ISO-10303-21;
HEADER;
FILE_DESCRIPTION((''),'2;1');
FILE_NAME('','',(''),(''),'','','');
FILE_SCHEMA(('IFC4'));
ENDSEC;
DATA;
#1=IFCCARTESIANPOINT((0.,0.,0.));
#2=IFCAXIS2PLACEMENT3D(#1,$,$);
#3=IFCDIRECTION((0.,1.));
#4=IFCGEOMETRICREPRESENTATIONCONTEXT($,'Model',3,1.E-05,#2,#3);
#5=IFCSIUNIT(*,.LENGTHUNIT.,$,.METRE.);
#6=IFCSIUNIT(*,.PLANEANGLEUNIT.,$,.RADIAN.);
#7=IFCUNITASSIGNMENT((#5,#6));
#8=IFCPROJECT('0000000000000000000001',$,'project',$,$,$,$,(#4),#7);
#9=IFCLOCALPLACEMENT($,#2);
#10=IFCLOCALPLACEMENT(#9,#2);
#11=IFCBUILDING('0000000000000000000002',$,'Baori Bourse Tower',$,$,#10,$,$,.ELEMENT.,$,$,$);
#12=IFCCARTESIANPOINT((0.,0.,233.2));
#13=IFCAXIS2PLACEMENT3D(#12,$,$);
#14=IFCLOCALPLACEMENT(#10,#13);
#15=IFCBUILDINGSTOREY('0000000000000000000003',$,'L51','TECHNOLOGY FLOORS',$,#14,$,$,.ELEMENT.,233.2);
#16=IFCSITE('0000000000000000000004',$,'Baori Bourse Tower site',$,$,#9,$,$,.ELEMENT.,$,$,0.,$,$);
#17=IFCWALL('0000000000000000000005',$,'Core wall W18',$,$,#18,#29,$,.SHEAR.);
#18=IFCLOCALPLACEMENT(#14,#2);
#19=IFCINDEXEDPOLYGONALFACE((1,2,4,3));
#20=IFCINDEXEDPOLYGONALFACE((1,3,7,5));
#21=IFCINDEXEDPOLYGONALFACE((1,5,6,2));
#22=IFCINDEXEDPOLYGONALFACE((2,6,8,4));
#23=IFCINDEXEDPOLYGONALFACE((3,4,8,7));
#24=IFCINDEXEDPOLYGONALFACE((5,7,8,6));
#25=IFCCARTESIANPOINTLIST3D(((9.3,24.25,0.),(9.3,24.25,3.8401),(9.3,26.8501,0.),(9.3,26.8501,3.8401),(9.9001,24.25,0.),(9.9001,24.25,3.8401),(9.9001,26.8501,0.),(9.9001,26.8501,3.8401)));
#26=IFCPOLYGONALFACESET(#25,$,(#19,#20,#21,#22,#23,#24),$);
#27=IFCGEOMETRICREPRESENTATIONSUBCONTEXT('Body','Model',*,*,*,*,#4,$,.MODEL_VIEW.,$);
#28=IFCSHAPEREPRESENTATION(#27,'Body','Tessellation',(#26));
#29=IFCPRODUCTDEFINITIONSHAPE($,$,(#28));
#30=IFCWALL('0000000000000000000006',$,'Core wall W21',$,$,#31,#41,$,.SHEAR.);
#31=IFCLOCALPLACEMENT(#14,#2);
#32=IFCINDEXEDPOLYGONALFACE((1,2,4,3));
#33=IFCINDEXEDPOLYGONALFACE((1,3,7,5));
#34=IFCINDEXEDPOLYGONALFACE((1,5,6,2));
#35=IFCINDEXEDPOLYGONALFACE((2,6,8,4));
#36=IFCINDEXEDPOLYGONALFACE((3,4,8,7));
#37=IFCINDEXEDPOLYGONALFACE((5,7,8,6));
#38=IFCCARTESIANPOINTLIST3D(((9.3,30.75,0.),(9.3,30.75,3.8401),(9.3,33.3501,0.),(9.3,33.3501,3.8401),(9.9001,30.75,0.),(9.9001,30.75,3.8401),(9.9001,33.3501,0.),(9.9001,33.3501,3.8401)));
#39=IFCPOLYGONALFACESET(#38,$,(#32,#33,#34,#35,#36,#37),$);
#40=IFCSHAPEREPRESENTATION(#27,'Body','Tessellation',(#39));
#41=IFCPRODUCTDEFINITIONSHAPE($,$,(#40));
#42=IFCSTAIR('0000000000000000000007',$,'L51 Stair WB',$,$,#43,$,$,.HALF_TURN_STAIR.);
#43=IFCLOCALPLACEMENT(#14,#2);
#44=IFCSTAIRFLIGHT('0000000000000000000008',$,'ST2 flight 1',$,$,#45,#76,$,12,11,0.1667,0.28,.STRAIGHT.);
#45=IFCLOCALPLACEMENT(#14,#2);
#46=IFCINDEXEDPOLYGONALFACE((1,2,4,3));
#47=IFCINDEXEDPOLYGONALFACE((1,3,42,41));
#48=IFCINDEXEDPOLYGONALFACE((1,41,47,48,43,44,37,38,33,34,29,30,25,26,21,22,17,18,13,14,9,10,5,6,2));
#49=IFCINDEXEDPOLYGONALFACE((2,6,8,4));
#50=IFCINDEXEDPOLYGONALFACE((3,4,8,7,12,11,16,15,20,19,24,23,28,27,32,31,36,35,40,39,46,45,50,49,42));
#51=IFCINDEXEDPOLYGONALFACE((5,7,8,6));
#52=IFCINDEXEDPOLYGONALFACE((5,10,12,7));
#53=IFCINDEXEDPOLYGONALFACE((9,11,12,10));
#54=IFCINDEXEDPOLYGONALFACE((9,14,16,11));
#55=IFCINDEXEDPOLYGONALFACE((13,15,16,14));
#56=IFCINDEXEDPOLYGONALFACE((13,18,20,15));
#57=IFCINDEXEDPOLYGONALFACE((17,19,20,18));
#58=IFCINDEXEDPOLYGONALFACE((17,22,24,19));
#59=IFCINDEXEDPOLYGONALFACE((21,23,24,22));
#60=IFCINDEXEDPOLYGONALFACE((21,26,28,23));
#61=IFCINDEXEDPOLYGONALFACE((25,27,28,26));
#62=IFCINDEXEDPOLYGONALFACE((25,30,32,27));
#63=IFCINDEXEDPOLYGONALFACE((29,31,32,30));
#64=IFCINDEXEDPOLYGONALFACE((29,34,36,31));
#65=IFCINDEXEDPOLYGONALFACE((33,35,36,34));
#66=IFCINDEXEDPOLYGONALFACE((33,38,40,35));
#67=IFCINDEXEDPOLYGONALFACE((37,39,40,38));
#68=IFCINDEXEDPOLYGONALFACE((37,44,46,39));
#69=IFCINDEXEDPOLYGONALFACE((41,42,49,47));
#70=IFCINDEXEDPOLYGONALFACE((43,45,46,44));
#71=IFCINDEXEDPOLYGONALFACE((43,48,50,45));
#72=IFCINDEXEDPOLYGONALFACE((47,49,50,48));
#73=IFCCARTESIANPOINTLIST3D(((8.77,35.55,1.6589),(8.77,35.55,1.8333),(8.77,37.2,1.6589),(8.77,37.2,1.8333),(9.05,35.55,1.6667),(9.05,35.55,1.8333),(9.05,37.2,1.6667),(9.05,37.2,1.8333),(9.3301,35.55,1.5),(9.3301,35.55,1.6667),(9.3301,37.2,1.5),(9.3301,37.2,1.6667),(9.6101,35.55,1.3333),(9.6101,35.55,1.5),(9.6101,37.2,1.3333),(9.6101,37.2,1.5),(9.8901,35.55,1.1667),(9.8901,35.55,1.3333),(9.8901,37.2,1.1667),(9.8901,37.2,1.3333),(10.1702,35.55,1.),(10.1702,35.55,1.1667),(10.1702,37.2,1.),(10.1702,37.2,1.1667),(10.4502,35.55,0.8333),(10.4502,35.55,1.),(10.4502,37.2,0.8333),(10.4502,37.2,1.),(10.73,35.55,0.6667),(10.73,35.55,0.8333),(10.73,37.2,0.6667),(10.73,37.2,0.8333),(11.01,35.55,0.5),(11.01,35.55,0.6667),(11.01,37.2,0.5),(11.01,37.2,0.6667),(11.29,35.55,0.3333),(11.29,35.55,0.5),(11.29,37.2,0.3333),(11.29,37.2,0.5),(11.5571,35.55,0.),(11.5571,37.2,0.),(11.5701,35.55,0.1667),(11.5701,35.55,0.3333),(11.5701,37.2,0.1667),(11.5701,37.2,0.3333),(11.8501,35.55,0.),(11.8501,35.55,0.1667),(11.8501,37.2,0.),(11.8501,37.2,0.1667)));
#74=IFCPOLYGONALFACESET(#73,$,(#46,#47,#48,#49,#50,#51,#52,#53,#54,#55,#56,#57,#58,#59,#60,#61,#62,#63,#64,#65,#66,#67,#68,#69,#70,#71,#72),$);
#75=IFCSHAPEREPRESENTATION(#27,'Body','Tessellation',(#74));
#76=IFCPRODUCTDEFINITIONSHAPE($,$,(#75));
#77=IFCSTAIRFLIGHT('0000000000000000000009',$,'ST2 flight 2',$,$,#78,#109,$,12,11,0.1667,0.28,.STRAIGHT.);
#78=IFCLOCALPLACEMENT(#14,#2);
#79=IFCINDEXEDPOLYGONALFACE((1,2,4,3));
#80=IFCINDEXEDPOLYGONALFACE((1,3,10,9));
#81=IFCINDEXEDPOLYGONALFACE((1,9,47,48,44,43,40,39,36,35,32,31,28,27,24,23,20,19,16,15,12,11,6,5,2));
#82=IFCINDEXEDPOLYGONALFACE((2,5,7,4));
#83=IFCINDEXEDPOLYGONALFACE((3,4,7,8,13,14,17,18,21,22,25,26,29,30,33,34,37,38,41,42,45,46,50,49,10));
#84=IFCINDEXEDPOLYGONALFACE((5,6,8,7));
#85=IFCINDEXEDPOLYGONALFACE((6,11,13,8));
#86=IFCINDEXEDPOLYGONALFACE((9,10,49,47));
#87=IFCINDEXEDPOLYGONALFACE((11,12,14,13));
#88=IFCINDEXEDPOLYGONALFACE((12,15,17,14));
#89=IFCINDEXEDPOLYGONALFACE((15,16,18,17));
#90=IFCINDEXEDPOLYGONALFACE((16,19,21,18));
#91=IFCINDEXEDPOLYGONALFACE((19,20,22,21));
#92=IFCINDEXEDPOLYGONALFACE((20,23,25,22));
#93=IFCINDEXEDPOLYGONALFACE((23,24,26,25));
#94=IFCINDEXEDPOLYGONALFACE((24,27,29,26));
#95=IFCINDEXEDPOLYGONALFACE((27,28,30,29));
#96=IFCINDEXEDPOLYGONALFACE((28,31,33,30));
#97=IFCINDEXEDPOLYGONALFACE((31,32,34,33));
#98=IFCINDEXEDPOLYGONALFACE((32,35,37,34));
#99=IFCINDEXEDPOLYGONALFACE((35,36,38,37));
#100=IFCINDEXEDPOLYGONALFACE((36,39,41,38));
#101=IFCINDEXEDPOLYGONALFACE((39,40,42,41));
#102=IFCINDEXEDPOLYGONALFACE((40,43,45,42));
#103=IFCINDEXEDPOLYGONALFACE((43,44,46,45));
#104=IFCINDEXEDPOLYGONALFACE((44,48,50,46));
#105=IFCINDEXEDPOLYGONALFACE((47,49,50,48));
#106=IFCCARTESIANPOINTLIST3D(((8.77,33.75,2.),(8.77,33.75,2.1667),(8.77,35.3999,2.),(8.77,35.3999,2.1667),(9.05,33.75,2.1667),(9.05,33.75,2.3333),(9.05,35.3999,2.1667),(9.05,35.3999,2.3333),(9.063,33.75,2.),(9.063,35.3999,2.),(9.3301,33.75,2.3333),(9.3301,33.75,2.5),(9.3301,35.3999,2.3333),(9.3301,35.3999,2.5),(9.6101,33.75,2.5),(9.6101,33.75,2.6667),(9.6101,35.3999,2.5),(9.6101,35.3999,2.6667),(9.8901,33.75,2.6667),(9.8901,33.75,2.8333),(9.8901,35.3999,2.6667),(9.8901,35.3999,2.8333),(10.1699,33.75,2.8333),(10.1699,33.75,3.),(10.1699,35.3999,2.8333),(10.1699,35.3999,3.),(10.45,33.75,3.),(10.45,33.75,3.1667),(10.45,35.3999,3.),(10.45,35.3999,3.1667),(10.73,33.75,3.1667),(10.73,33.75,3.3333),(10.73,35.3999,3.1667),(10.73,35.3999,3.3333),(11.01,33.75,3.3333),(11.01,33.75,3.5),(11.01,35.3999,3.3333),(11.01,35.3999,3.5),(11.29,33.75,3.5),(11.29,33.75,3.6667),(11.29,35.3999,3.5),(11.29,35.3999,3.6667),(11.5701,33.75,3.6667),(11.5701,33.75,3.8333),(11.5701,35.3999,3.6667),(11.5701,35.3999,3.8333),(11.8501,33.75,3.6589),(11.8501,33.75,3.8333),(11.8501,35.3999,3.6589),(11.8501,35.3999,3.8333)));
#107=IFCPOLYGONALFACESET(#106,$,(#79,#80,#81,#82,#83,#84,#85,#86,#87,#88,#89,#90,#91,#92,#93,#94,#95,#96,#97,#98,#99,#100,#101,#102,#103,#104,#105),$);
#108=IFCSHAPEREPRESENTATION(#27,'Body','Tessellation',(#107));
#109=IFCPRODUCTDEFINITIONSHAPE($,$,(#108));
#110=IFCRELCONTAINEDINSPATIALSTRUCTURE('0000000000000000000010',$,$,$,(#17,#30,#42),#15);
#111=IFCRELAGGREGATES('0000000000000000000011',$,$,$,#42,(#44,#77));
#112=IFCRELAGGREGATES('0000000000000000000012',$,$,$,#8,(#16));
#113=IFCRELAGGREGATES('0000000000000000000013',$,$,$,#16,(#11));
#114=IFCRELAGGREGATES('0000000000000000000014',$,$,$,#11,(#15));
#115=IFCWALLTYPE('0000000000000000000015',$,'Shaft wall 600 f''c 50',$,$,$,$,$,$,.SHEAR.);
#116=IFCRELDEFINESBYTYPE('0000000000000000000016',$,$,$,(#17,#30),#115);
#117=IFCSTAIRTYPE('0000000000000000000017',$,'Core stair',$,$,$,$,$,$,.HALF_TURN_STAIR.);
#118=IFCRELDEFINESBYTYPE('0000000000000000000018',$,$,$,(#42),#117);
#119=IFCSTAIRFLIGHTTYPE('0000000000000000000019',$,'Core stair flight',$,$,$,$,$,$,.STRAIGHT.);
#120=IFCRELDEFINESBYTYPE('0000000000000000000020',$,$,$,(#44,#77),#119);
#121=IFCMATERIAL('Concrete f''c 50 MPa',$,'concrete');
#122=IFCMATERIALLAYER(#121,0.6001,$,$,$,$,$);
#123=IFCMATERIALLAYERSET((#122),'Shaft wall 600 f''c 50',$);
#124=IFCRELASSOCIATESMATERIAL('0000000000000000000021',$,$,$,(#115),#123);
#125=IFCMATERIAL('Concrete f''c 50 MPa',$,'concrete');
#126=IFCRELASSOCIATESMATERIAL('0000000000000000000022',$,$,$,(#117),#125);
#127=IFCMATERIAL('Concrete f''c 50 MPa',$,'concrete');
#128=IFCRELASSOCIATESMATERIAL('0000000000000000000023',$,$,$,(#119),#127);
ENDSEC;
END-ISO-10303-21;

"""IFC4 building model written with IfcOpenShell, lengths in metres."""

from ifc_helpers import new_model, si_unit, direction, frame, frame_2d, origin, place, context, subcontext, project, spatial, polyline, rectangle, outline, extrude, material, layer, layer_set, type_object, element, aggregate, save


model = new_model("IFC4")

# Units and contexts
model_context = context("Model", 3, precision=1e-05, world=origin(), true_north=direction((0.0, 1.0)))
body_context = subcontext(model_context, "Body", "Model", "MODEL_VIEW")
ifc_project = project(units=[si_unit("LENGTHUNIT", "METRE"), si_unit("PLANEANGLEUNIT", "RADIAN")], contexts=[model_context])

# Site, building, storey
site_placement = place(None, origin())
site = spatial("IfcSite", under=ifc_project, at=site_placement, Name="Baori Bourse Tower site", CompositionType="ELEMENT", RefElevation=0.0)
building_placement = place(site_placement, origin())
building = spatial("IfcBuilding", under=site, at=building_placement, Name="Baori Bourse Tower", CompositionType="ELEMENT")
storey_placement = place(building_placement, frame((0.0, 0.0, 233.2)))
storey = spatial("IfcBuildingStorey", under=building, at=storey_placement, Name="L51", Description="TECHNOLOGY FLOORS", CompositionType="ELEMENT", Elevation=233.2)

# Walls
ifc_material_1 = material(Name="Concrete f'c 50 MPa", Category="concrete")
ifc_layer_1 = layer(ifc_material_1, 0.6001)
ifc_layer_set_1 = layer_set([ifc_layer_1], Name="Shaft wall 600 f'c 50")
wall_type_1 = type_object("IfcWallType", Name="Shaft wall 600 f'c 50", PredefinedType="SHEAR", material=ifc_layer_set_1)
for number, where, z_axis, x_axis, name in (
    (1, (9.6001, 24.25, 0.0), (0.0, 0.0, 1.0), (0.0, 1.0, 0.0), "Core wall W18"),
    (2, (9.6001, 30.75, 0.0), (0.0, 0.0, 1.0), (0.0, 1.0, 0.0), "Core wall W21"),
):
    element("IfcWall", number, at=place(storey_placement, frame(where, z_axis=z_axis, x_axis=x_axis)), inside=storey, type_object=wall_type_1, Name=name, PredefinedType="SHEAR", context=body_context, shape_type="SweptSolid", body=[
        extrude(rectangle(XDim=2.6001, YDim=0.6001, at=frame_2d((1.3, 0.0))), origin(), (0.0, 0.0, 1.0), 3.8401),
    ])

# Stair, stair flights
ifc_material_2 = material(Name="Concrete f'c 50 MPa", Category="concrete")
stair_type = type_object("IfcStairType", Name="Core stair", PredefinedType="HALF_TURN_STAIR", material=ifc_material_2)
stair_placement = place(storey_placement, origin())
stair = element("IfcStair", 3, at=stair_placement, inside=storey, type_object=stair_type, Name="L51 Stair WB", PredefinedType="HALF_TURN_STAIR")
ifc_material_3 = material(Name="Concrete f'c 50 MPa", Category="concrete")
stair_flight_type = type_object("IfcStairFlightType", Name="Core stair flight", PredefinedType="STRAIGHT", material=ifc_material_3)
stair_flight_1_placement = place(storey_placement, frame((11.8501, 36.375, 0.0), z_axis=(0.0, 0.0, 1.0), x_axis=(-1.0, 0.0, 0.0)))
stair_flight_1 = element("IfcStairFlight", 4, at=stair_flight_1_placement, type_object=stair_flight_type, Name="ST2 flight 1", NumberOfRisers=12, NumberOfTreads=11, PredefinedType="STRAIGHT", RiserHeight=0.1667, TreadLength=0.28, context=body_context, shape_type="SweptSolid", body=[
    extrude(outline(polyline([(0.0, 0.0), (0.0, 0.1667), (0.28, 0.1667), (0.28, 0.3333), (0.5601, 0.3333), (0.5601, 0.5), (0.8401, 0.5), (0.8401, 0.6667), (1.1201, 0.6667), (1.1201, 0.8333), (1.3999, 0.8333), (1.3999, 1.0), (1.6799, 1.0), (1.6799, 1.1667), (1.96, 1.1667), (1.96, 1.3333), (2.24, 1.3333), (2.24, 1.5), (2.52, 1.5), (2.52, 1.6667), (2.8, 1.6667), (2.8, 1.8333), (3.0801, 1.8333), (3.0801, 2.0), (3.0801, 1.6589), (0.293, 0.0), (0.0, 0.0)])), frame((0.0, 0.825, 0.0), z_axis=(0.0, -1.0, 0.0), x_axis=(1.0, 0.0, 0.0)), (0.0, 0.0, 1.0), 1.6499),
])
stair_flight_2_placement = place(storey_placement, frame((8.77, 34.575, 2.0), z_axis=(0.0, 0.0, 1.0), x_axis=(1.0, 0.0, 0.0)))
stair_flight_2 = element("IfcStairFlight", 5, at=stair_flight_2_placement, type_object=stair_flight_type, Name="ST2 flight 2", NumberOfRisers=12, NumberOfTreads=11, PredefinedType="STRAIGHT", RiserHeight=0.1667, TreadLength=0.28, context=body_context, shape_type="SweptSolid", body=[
    extrude(outline(polyline([(0.0, 0.0), (0.0, 0.1667), (0.28, 0.1667), (0.28, 0.3333), (0.5601, 0.3333), (0.5601, 0.5), (0.8401, 0.5), (0.8401, 0.6667), (1.1201, 0.6667), (1.1201, 0.8333), (1.3999, 0.8333), (1.3999, 1.0), (1.6799, 1.0), (1.6799, 1.1667), (1.96, 1.1667), (1.96, 1.3333), (2.24, 1.3333), (2.24, 1.5), (2.52, 1.5), (2.52, 1.6667), (2.8, 1.6667), (2.8, 1.8333), (3.0801, 1.8333), (3.0801, 2.0), (3.0801, 1.6589), (0.293, 0.0), (0.0, 0.0)])), frame((0.0, 0.825, 0.0), z_axis=(0.0, -1.0, 0.0), x_axis=(1.0, 0.0, 0.0)), (0.0, 0.0, 1.0), 1.6499),
])
aggregate(stair, [stair_flight_1, stair_flight_2])

save(model, "model.ifc")
